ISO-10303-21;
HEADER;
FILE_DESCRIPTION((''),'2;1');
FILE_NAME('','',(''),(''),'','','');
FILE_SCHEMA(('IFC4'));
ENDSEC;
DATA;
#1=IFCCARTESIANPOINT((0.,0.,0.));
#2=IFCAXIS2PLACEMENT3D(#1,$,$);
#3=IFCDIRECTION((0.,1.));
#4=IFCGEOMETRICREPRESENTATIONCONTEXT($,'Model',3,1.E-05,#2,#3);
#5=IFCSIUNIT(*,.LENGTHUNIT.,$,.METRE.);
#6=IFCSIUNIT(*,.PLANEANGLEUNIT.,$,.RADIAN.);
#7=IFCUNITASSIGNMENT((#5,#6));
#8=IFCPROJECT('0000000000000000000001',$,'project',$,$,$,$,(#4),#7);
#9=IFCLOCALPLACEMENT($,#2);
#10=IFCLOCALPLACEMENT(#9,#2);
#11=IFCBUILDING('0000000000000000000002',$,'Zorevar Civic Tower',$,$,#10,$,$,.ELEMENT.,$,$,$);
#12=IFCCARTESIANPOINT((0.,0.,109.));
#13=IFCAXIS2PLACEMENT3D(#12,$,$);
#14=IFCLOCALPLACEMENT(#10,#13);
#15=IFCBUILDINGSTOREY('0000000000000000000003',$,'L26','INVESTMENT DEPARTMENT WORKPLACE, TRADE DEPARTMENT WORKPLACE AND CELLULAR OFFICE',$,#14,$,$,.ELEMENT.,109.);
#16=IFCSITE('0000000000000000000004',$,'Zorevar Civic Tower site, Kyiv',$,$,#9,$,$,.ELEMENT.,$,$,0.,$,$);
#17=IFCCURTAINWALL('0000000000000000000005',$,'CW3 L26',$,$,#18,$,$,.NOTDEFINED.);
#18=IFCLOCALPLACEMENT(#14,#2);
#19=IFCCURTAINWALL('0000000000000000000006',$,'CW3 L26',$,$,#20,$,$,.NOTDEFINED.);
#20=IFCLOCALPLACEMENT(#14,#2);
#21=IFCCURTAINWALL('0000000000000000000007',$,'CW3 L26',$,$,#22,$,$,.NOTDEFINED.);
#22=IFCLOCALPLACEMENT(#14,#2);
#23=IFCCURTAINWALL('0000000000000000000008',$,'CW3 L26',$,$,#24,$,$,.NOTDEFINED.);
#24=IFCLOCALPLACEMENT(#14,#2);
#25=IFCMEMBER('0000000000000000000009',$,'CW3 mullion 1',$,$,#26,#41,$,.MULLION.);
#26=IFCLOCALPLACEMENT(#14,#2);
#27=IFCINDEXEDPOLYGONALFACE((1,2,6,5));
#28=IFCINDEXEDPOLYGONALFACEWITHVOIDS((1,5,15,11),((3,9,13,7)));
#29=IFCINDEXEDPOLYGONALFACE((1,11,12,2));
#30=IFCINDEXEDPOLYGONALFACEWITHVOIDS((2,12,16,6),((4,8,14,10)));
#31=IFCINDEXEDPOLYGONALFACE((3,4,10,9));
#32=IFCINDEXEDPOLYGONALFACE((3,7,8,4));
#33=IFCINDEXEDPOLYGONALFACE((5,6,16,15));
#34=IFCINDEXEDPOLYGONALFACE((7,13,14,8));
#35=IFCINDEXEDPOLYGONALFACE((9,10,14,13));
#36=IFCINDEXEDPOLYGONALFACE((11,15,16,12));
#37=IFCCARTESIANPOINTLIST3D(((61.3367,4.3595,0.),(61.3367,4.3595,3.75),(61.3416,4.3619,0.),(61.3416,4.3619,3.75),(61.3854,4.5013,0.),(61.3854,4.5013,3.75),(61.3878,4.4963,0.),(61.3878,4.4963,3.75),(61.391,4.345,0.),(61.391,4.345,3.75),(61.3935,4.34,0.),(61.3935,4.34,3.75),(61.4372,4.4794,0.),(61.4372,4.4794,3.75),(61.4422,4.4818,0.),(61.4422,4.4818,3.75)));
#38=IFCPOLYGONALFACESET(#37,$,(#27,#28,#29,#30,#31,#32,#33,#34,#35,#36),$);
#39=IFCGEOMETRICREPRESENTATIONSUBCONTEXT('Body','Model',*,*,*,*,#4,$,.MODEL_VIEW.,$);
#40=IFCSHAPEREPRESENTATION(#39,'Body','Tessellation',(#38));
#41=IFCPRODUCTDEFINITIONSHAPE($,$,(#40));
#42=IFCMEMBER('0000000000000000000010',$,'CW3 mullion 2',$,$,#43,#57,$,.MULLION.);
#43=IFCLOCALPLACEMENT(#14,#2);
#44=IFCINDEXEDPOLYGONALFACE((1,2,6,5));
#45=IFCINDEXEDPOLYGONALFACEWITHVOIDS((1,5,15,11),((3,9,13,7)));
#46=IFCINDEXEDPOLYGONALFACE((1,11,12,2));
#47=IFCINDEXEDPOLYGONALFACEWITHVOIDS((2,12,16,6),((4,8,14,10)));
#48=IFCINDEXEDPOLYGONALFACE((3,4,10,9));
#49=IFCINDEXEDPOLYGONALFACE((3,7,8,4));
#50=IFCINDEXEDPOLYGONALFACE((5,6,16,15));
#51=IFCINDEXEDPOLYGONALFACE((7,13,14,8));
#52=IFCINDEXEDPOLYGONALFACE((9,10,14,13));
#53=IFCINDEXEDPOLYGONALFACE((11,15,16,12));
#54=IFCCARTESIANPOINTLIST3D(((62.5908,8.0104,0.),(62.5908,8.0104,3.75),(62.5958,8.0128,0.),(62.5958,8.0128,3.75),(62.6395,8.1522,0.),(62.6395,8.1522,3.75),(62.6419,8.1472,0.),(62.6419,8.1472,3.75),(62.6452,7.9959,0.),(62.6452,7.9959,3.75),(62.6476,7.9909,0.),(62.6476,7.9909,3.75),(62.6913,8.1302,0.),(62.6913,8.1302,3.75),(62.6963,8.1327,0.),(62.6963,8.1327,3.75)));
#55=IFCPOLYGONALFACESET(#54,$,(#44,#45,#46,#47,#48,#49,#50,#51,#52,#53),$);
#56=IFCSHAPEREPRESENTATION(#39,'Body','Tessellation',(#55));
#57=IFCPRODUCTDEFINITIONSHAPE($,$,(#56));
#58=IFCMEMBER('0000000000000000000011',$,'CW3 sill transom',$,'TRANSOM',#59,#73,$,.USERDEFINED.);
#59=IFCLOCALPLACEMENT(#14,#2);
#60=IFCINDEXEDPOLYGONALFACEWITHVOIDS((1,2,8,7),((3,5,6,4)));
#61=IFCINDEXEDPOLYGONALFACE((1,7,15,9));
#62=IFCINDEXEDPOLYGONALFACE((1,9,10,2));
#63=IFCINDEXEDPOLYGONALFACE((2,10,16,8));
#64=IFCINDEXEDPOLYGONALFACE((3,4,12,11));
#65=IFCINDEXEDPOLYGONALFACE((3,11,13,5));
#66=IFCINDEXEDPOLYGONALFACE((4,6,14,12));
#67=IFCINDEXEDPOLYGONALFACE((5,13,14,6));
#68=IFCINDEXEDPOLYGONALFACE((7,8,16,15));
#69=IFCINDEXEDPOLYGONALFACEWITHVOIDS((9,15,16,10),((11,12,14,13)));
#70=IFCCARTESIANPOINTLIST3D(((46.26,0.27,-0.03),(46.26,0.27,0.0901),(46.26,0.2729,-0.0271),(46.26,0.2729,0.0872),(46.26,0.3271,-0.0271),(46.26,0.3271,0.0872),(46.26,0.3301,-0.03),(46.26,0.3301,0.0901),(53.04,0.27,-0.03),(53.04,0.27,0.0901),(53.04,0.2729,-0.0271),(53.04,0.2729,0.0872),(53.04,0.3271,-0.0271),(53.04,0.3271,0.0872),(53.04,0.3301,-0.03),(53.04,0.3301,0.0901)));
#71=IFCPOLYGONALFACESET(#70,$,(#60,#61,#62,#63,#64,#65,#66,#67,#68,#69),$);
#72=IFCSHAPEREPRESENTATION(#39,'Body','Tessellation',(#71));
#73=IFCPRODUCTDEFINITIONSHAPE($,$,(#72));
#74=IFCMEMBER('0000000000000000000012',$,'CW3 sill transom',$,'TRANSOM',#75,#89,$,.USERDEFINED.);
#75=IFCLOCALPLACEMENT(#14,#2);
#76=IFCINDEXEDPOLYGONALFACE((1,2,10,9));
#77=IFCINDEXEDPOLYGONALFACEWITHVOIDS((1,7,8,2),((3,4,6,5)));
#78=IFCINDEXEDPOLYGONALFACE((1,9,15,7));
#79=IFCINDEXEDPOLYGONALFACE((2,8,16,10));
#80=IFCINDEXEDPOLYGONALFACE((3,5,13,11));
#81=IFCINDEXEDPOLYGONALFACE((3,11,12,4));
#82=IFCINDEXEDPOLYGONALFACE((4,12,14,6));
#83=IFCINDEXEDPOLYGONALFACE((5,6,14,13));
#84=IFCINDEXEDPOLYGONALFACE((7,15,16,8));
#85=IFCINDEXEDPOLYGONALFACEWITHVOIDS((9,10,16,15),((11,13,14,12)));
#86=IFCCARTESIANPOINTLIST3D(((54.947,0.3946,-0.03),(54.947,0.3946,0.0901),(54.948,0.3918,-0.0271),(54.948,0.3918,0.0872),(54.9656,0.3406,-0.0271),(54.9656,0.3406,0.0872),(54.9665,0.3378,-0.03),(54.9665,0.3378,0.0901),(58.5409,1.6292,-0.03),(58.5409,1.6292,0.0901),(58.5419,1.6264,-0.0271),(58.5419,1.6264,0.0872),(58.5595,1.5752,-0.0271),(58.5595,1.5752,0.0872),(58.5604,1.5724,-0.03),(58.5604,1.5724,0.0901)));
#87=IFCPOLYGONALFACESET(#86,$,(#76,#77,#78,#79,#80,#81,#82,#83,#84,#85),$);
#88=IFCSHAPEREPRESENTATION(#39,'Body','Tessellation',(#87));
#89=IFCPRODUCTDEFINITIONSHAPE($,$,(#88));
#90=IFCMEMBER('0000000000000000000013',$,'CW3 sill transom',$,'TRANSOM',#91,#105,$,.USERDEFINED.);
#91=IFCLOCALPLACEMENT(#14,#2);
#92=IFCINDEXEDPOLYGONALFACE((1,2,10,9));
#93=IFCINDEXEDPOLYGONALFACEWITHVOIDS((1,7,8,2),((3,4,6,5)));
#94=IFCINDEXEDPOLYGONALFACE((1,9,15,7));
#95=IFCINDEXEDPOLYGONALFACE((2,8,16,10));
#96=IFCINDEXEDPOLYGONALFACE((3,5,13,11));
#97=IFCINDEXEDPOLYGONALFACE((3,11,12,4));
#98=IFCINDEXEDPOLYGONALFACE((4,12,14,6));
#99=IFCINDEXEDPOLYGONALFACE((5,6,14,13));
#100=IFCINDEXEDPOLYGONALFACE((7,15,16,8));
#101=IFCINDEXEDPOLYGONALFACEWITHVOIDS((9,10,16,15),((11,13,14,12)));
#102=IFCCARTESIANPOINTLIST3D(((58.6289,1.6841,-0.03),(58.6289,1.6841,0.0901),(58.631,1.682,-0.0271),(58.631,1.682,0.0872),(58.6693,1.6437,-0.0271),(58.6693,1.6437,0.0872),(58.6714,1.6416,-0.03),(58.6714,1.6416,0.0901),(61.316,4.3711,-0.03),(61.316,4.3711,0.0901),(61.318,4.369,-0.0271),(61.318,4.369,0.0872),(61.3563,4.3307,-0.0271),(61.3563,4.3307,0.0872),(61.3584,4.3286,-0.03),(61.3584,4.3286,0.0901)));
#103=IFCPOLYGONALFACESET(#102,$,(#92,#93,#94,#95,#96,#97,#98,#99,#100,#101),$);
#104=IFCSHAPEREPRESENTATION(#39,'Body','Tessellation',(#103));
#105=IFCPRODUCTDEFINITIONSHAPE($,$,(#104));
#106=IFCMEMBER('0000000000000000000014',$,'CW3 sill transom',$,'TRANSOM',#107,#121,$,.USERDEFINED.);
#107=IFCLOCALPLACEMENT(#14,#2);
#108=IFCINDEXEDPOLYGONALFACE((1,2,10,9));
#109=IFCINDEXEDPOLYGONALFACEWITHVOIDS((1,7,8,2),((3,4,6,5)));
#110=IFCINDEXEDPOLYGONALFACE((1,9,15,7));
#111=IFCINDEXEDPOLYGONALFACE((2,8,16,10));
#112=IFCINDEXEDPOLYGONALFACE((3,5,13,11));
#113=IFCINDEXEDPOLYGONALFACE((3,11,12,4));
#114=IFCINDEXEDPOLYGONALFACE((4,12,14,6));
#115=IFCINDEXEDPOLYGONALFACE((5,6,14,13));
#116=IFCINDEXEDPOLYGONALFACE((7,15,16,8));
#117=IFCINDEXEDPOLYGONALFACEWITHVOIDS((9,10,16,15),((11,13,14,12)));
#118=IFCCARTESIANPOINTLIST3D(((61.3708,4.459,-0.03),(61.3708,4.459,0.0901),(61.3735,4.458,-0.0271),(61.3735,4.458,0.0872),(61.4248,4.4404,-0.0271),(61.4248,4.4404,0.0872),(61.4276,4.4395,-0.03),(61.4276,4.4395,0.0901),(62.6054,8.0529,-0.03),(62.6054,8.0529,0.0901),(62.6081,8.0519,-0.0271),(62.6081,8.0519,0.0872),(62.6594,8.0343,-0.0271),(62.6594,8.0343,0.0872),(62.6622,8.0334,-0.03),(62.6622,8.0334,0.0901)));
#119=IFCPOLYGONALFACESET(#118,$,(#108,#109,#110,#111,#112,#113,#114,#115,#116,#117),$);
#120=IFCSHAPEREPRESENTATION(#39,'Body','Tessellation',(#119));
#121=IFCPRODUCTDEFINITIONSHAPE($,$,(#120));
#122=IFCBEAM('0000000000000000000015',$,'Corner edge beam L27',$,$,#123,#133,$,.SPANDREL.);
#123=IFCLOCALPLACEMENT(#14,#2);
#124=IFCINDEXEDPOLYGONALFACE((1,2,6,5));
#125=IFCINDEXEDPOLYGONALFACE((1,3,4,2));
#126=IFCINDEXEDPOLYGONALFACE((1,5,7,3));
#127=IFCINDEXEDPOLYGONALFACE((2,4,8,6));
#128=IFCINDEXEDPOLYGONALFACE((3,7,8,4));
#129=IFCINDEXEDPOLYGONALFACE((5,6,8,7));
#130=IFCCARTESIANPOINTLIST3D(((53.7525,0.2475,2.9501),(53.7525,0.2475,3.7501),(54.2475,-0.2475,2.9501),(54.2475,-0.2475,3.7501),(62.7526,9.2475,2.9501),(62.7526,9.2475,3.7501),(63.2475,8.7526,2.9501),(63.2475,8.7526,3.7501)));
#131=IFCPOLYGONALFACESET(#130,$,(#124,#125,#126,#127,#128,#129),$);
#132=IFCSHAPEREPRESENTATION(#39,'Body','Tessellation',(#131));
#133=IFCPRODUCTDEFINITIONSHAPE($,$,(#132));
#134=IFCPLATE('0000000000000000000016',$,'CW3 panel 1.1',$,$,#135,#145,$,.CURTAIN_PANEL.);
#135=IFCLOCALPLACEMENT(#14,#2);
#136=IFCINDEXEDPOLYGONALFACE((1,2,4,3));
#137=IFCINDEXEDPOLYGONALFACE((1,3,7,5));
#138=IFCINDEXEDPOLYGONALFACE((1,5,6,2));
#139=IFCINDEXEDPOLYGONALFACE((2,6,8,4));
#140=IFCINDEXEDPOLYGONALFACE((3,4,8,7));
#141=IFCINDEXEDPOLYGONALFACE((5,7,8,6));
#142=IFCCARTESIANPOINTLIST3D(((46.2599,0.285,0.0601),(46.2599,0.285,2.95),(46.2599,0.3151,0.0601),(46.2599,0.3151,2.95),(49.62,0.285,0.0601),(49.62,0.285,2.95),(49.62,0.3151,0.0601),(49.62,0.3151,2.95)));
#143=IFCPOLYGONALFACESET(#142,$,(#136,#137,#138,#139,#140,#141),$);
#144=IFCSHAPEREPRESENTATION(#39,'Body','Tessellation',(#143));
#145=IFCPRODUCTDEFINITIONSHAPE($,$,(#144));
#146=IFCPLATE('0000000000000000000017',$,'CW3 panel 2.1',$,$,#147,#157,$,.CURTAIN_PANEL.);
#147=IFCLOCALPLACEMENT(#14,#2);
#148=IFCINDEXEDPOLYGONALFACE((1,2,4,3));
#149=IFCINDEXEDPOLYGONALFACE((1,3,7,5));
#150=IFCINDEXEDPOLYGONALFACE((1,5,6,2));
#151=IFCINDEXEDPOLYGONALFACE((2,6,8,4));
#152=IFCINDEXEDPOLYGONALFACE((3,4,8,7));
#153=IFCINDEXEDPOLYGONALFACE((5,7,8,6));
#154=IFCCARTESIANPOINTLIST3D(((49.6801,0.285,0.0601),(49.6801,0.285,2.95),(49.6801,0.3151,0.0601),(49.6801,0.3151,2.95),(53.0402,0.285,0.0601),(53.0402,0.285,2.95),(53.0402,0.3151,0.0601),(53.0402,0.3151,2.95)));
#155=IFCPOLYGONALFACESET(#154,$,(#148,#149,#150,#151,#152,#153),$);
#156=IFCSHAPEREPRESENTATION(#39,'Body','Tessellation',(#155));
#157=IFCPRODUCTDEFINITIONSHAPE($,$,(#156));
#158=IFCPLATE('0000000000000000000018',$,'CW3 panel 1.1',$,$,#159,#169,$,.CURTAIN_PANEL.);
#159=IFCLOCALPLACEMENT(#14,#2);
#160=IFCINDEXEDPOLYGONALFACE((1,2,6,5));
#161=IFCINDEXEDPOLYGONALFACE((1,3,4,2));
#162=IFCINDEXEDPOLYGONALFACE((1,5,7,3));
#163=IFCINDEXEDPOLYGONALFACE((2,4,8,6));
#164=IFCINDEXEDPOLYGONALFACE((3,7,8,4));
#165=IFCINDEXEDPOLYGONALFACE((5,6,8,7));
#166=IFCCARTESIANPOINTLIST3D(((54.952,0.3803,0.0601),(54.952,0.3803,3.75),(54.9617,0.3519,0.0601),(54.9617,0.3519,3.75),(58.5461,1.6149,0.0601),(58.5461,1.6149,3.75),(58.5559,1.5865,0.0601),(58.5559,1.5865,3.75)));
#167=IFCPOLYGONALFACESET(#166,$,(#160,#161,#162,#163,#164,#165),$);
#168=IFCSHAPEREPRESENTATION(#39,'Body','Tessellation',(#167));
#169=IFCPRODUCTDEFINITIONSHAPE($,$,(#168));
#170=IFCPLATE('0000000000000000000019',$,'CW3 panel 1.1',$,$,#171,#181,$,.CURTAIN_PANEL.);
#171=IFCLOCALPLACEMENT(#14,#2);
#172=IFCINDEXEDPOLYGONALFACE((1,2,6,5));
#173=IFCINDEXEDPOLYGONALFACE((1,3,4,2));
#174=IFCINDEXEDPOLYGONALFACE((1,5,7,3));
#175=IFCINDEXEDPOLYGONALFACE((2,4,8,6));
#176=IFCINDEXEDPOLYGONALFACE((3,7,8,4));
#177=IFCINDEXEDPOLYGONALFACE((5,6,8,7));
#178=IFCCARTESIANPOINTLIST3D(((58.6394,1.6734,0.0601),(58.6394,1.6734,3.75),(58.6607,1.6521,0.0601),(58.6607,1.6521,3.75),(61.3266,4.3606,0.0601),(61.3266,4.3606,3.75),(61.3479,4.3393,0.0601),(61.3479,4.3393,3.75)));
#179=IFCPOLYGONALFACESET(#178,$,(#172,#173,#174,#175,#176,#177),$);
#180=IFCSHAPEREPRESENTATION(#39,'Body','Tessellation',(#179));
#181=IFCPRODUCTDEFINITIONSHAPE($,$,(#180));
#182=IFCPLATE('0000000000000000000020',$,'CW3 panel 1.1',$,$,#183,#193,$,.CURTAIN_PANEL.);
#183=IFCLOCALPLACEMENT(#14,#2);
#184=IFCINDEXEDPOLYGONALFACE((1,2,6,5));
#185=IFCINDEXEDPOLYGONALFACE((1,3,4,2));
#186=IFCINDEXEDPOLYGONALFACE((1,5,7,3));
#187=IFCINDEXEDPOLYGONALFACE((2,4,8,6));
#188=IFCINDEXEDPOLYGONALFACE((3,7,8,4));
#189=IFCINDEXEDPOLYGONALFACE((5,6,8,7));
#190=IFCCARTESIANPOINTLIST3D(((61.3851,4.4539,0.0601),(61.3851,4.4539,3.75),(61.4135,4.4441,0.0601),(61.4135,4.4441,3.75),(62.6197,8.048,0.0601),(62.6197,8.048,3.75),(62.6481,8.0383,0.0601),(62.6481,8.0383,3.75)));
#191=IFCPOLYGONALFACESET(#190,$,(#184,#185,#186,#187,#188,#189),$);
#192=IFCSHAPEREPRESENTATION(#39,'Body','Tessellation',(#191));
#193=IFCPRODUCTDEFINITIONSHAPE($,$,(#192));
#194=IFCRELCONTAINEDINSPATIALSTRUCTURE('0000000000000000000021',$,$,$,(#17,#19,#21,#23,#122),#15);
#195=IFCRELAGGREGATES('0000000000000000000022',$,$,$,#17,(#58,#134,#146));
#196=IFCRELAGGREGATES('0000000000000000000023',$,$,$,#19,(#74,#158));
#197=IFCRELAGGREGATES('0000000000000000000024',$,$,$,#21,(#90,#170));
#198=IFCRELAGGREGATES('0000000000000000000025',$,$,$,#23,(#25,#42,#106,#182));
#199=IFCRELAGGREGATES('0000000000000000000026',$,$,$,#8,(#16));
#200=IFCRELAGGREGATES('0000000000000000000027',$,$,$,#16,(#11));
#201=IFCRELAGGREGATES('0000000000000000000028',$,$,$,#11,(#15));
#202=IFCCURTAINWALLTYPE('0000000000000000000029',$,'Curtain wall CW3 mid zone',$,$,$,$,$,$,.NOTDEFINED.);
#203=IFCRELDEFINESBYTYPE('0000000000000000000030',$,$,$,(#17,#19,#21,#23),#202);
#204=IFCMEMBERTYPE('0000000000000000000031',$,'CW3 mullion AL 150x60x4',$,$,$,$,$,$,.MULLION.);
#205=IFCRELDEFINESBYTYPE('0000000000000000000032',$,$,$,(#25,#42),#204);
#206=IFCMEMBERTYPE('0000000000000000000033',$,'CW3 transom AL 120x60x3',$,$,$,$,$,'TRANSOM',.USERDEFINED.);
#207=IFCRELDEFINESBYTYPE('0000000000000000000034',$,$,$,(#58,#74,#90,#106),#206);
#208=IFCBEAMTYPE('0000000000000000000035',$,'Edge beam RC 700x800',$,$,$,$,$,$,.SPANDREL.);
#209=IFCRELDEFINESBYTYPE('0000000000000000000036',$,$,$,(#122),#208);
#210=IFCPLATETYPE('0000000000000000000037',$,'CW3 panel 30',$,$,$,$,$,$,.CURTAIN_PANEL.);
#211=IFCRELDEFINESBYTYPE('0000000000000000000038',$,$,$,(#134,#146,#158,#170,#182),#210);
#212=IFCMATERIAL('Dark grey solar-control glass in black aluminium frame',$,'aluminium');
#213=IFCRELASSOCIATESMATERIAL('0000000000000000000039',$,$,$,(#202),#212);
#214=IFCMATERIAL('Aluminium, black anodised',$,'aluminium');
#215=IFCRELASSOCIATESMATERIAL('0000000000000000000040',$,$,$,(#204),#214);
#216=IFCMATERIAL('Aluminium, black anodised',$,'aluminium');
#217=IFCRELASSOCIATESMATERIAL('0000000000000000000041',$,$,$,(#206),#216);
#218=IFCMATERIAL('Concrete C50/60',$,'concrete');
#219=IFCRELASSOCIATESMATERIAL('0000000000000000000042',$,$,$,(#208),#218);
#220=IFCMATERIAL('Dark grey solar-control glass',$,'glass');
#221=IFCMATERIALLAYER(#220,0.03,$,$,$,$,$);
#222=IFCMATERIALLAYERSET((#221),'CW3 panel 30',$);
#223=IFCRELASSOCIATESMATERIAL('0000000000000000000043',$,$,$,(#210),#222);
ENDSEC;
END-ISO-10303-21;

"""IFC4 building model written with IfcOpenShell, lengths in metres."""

from ifc_helpers import new_model, si_unit, direction, frame, origin, origin_2d, place, context, subcontext, project, spatial, rectangle, hollow_rectangle, extrude, material, layer, layer_set, material_profile, profile_set, type_object, element, aggregate, save


model = new_model("IFC4")

# Units and contexts
model_context = context("Model", 3, precision=1e-05, world=origin(), true_north=direction((0.0, 1.0)))
body_context = subcontext(model_context, "Body", "Model", "MODEL_VIEW")
ifc_project = project(units=[si_unit("LENGTHUNIT", "METRE"), si_unit("PLANEANGLEUNIT", "RADIAN")], contexts=[model_context])

# Site, building, storey
site_placement = place(None, origin())
site = spatial("IfcSite", under=ifc_project, at=site_placement, Name="Zorevar Civic Tower site, Kyiv", CompositionType="ELEMENT", RefElevation=0.0)
building_placement = place(site_placement, origin())
building = spatial("IfcBuilding", under=site, at=building_placement, Name="Zorevar Civic Tower", CompositionType="ELEMENT")
storey_placement = place(building_placement, frame((0.0, 0.0, 109.0)))
storey = spatial("IfcBuildingStorey", under=building, at=storey_placement, Name="L26", Description="INVESTMENT DEPARTMENT WORKPLACE, TRADE DEPARTMENT WORKPLACE AND CELLULAR OFFICE", CompositionType="ELEMENT", Elevation=109.0)

# Curtain walls, members
ifc_material_1 = material(Name="Dark grey solar-control glass in black aluminium frame", Category="aluminium")
curtain_wall_type = type_object("IfcCurtainWallType", Name="Curtain wall CW3 mid zone", PredefinedType="NOTDEFINED", material=ifc_material_1)
curtain_wall_1_placement = place(storey_placement, origin())
curtain_wall_1 = element("IfcCurtainWall", 1, at=curtain_wall_1_placement, inside=storey, type_object=curtain_wall_type, Name="CW3 L26", PredefinedType="NOTDEFINED")
ifc_material_2 = material(Name="Aluminium, black anodised", Category="aluminium")
ifc_material_profile_1 = material_profile(ifc_material_2, hollow_rectangle(XDim=0.0601, YDim=0.1499, WallThickness=0.0039, at=origin_2d()), Name="AL 150x60x4")
ifc_profile_set_1 = profile_set([ifc_material_profile_1], Name="Aluminium, black anodised")
member_type_1 = type_object("IfcMemberType", Name="CW3 mullion AL 150x60x4", PredefinedType="MULLION", material=ifc_profile_set_1)
curtain_wall_2_placement = place(storey_placement, origin())
curtain_wall_2 = element("IfcCurtainWall", 2, at=curtain_wall_2_placement, inside=storey, type_object=curtain_wall_type, Name="CW3 L26", PredefinedType="NOTDEFINED")
curtain_wall_3_placement = place(storey_placement, origin())
curtain_wall_3 = element("IfcCurtainWall", 3, at=curtain_wall_3_placement, inside=storey, type_object=curtain_wall_type, Name="CW3 L26", PredefinedType="NOTDEFINED")
curtain_wall_4_placement = place(storey_placement, origin())
curtain_wall_4 = element("IfcCurtainWall", 4, at=curtain_wall_4_placement, inside=storey, type_object=curtain_wall_type, Name="CW3 L26", PredefinedType="NOTDEFINED")
member_1_placement = place(storey_placement, frame((61.3894, 4.4207, 0.0), z_axis=(0.0, 0.0, 1.0), x_axis=(-0.945756, 0.324878, 0.0)))
member_1 = element("IfcMember", 5, at=member_1_placement, type_object=member_type_1, Name="CW3 mullion 1", PredefinedType="MULLION", context=body_context, shape_type="SweptSolid", body=[
    extrude(hollow_rectangle(XDim=0.0601, YDim=0.1499, WallThickness=0.0039, at=origin_2d()), origin(), (0.0, 0.0, 1.0), 3.75),
])
member_2_placement = place(storey_placement, frame((62.6436, 8.0715, 0.0), z_axis=(0.0, 0.0, 1.0), x_axis=(-0.945756, 0.324878, 0.0)))
member_2 = element("IfcMember", 6, at=member_2_placement, type_object=member_type_1, Name="CW3 mullion 2", PredefinedType="MULLION", context=body_context, shape_type="SweptSolid", body=[
    extrude(hollow_rectangle(XDim=0.0601, YDim=0.1499, WallThickness=0.0039, at=origin_2d()), origin(), (0.0, 0.0, 1.0), 3.75),
])

# Members
ifc_material_3 = material(Name="Aluminium, black anodised", Category="aluminium")
ifc_material_profile_2 = material_profile(ifc_material_3, hollow_rectangle(XDim=0.0601, YDim=0.1201, WallThickness=0.0029, at=origin_2d()), Name="AL 120x60x3")
ifc_profile_set_2 = profile_set([ifc_material_profile_2], Name="Aluminium, black anodised")
member_type_2 = type_object("IfcMemberType", Name="CW3 transom AL 120x60x3", ElementType="TRANSOM", PredefinedType="USERDEFINED", material=ifc_profile_set_2)
member_3_placement = place(storey_placement, frame((46.26, 0.3, 0.03), z_axis=(1.0, 0.0, 0.0), x_axis=(0.0, 1.0, 0.0)))
member_3 = element("IfcMember", 7, at=member_3_placement, type_object=member_type_2, Name="CW3 sill transom", ObjectType="TRANSOM", PredefinedType="USERDEFINED", context=body_context, shape_type="SweptSolid", body=[
    extrude(hollow_rectangle(XDim=0.0601, YDim=0.1201, WallThickness=0.0029, at=origin_2d()), origin(), (0.0, 0.0, 1.0), 6.78),
])
member_4_placement = place(storey_placement, frame((54.9568, 0.3662, 0.03), z_axis=(0.945753, 0.324888, 0.0), x_axis=(-0.324888, 0.945753, 0.0)))
member_4 = element("IfcMember", 8, at=member_4_placement, type_object=member_type_2, Name="CW3 sill transom", ObjectType="TRANSOM", PredefinedType="USERDEFINED", context=body_context, shape_type="SweptSolid", body=[
    extrude(hollow_rectangle(XDim=0.0601, YDim=0.1201, WallThickness=0.0029, at=origin_2d()), origin(), (0.0, 0.0, 1.0), 3.8),
])
member_5_placement = place(storey_placement, frame((58.6501, 1.6628, 0.03), z_axis=(0.707107, 0.707107, 0.0), x_axis=(-0.707107, 0.707107, 0.0)))
member_5 = element("IfcMember", 9, at=member_5_placement, type_object=member_type_2, Name="CW3 sill transom", ObjectType="TRANSOM", PredefinedType="USERDEFINED", context=body_context, shape_type="SweptSolid", body=[
    extrude(hollow_rectangle(XDim=0.0601, YDim=0.1201, WallThickness=0.0029, at=origin_2d()), origin(), (0.0, 0.0, 1.0), 3.8),
])
member_6_placement = place(storey_placement, frame((61.3992, 4.4492, 0.03), z_axis=(0.324888, 0.945753, 0.0), x_axis=(-0.945753, 0.324888, 0.0)))
member_6 = element("IfcMember", 10, at=member_6_placement, type_object=member_type_2, Name="CW3 sill transom", ObjectType="TRANSOM", PredefinedType="USERDEFINED", context=body_context, shape_type="SweptSolid", body=[
    extrude(hollow_rectangle(XDim=0.0601, YDim=0.1201, WallThickness=0.0029, at=origin_2d()), origin(), (0.0, 0.0, 1.0), 3.8),
])

# Beam
ifc_material_4 = material(Name="Concrete C50/60", Category="concrete")
ifc_material_profile_3 = material_profile(ifc_material_4, rectangle(XDim=0.7, YDim=0.8, at=origin_2d()), Name="RC 700x800")
ifc_profile_set_3 = profile_set([ifc_material_profile_3], Name="Concrete C50/60")
beam_type_1 = type_object("IfcBeamType", Name="Edge beam RC 700x800", PredefinedType="SPANDREL", material=ifc_profile_set_3)
beam_1_placement = place(storey_placement, frame((54.0, 0.0, 3.3501), z_axis=(0.707107, 0.707107, 0.0), x_axis=(-0.707107, 0.707107, 0.0)))
element("IfcBeam", 11, at=beam_1_placement, inside=storey, type_object=beam_type_1, Name="Corner edge beam L27", PredefinedType="SPANDREL", context=body_context, shape_type="SweptSolid", body=[
    extrude(rectangle(XDim=0.7, YDim=0.8, at=origin_2d()), origin(), (0.0, 0.0, 1.0), 12.728),
])

# Plates
ifc_material_5 = material(Name="Dark grey solar-control glass", Category="glass")
ifc_layer_1 = layer(ifc_material_5, 0.03)
ifc_layer_set_1 = layer_set([ifc_layer_1], Name="CW3 panel 30")
plate_type = type_object("IfcPlateType", Name="CW3 panel 30", PredefinedType="CURTAIN_PANEL", material=ifc_layer_set_1)
plate_1_placement = place(storey_placement, frame((47.9399, 0.3, 0.0601), z_axis=(0.0, 0.0, 1.0), x_axis=(1.0, 0.0, 0.0)))
plate_1 = element("IfcPlate", 12, at=plate_1_placement, type_object=plate_type, Name="CW3 panel 1.1", PredefinedType="CURTAIN_PANEL", context=body_context, shape_type="SweptSolid", body=[
    extrude(rectangle(XDim=3.3601, YDim=0.03, at=origin_2d()), origin(), (0.0, 0.0, 1.0), 2.8899),
])
plate_2_placement = place(storey_placement, frame((51.3601, 0.3, 0.0601), z_axis=(0.0, 0.0, 1.0), x_axis=(1.0, 0.0, 0.0)))
plate_2 = element("IfcPlate", 13, at=plate_2_placement, type_object=plate_type, Name="CW3 panel 2.1", PredefinedType="CURTAIN_PANEL", context=body_context, shape_type="SweptSolid", body=[
    extrude(rectangle(XDim=3.3601, YDim=0.03, at=origin_2d()), origin(), (0.0, 0.0, 1.0), 2.8899),
])
aggregate(curtain_wall_1, [member_3, plate_1, plate_2])
plate_3_placement = place(storey_placement, frame((56.7539, 0.9834, 0.0601), z_axis=(0.0, 0.0, 1.0), x_axis=(0.945756, 0.324878, 0.0)))
plate_3 = element("IfcPlate", 14, at=plate_3_placement, type_object=plate_type, Name="CW3 panel 1.1", PredefinedType="CURTAIN_PANEL", context=body_context, shape_type="SweptSolid", body=[
    extrude(rectangle(XDim=3.8003, YDim=0.03, at=origin_2d()), origin(), (0.0, 0.0, 1.0), 3.6899),
])
aggregate(curtain_wall_2, [member_4, plate_3])
plate_4_placement = place(storey_placement, frame((59.9937, 3.0063, 0.0601), z_axis=(0.0, 0.0, 1.0), x_axis=(0.707107, 0.707107, 0.0)))
plate_4 = element("IfcPlate", 15, at=plate_4_placement, type_object=plate_type, Name="CW3 panel 1.1", PredefinedType="CURTAIN_PANEL", context=body_context, shape_type="SweptSolid", body=[
    extrude(rectangle(XDim=3.8003, YDim=0.03, at=origin_2d()), origin(), (0.0, 0.0, 1.0), 3.6899),
])
aggregate(curtain_wall_3, [member_5, plate_4])
plate_5_placement = place(storey_placement, frame((62.0166, 6.2461, 0.0601), z_axis=(0.0, 0.0, 1.0), x_axis=(0.324878, 0.945756, 0.0)))
plate_5 = element("IfcPlate", 16, at=plate_5_placement, type_object=plate_type, Name="CW3 panel 1.1", PredefinedType="CURTAIN_PANEL", context=body_context, shape_type="SweptSolid", body=[
    extrude(rectangle(XDim=3.8003, YDim=0.03, at=origin_2d()), origin(), (0.0, 0.0, 1.0), 3.6899),
])
aggregate(curtain_wall_4, [member_1, member_2, member_6, plate_5])

save(model, "model.ifc")
